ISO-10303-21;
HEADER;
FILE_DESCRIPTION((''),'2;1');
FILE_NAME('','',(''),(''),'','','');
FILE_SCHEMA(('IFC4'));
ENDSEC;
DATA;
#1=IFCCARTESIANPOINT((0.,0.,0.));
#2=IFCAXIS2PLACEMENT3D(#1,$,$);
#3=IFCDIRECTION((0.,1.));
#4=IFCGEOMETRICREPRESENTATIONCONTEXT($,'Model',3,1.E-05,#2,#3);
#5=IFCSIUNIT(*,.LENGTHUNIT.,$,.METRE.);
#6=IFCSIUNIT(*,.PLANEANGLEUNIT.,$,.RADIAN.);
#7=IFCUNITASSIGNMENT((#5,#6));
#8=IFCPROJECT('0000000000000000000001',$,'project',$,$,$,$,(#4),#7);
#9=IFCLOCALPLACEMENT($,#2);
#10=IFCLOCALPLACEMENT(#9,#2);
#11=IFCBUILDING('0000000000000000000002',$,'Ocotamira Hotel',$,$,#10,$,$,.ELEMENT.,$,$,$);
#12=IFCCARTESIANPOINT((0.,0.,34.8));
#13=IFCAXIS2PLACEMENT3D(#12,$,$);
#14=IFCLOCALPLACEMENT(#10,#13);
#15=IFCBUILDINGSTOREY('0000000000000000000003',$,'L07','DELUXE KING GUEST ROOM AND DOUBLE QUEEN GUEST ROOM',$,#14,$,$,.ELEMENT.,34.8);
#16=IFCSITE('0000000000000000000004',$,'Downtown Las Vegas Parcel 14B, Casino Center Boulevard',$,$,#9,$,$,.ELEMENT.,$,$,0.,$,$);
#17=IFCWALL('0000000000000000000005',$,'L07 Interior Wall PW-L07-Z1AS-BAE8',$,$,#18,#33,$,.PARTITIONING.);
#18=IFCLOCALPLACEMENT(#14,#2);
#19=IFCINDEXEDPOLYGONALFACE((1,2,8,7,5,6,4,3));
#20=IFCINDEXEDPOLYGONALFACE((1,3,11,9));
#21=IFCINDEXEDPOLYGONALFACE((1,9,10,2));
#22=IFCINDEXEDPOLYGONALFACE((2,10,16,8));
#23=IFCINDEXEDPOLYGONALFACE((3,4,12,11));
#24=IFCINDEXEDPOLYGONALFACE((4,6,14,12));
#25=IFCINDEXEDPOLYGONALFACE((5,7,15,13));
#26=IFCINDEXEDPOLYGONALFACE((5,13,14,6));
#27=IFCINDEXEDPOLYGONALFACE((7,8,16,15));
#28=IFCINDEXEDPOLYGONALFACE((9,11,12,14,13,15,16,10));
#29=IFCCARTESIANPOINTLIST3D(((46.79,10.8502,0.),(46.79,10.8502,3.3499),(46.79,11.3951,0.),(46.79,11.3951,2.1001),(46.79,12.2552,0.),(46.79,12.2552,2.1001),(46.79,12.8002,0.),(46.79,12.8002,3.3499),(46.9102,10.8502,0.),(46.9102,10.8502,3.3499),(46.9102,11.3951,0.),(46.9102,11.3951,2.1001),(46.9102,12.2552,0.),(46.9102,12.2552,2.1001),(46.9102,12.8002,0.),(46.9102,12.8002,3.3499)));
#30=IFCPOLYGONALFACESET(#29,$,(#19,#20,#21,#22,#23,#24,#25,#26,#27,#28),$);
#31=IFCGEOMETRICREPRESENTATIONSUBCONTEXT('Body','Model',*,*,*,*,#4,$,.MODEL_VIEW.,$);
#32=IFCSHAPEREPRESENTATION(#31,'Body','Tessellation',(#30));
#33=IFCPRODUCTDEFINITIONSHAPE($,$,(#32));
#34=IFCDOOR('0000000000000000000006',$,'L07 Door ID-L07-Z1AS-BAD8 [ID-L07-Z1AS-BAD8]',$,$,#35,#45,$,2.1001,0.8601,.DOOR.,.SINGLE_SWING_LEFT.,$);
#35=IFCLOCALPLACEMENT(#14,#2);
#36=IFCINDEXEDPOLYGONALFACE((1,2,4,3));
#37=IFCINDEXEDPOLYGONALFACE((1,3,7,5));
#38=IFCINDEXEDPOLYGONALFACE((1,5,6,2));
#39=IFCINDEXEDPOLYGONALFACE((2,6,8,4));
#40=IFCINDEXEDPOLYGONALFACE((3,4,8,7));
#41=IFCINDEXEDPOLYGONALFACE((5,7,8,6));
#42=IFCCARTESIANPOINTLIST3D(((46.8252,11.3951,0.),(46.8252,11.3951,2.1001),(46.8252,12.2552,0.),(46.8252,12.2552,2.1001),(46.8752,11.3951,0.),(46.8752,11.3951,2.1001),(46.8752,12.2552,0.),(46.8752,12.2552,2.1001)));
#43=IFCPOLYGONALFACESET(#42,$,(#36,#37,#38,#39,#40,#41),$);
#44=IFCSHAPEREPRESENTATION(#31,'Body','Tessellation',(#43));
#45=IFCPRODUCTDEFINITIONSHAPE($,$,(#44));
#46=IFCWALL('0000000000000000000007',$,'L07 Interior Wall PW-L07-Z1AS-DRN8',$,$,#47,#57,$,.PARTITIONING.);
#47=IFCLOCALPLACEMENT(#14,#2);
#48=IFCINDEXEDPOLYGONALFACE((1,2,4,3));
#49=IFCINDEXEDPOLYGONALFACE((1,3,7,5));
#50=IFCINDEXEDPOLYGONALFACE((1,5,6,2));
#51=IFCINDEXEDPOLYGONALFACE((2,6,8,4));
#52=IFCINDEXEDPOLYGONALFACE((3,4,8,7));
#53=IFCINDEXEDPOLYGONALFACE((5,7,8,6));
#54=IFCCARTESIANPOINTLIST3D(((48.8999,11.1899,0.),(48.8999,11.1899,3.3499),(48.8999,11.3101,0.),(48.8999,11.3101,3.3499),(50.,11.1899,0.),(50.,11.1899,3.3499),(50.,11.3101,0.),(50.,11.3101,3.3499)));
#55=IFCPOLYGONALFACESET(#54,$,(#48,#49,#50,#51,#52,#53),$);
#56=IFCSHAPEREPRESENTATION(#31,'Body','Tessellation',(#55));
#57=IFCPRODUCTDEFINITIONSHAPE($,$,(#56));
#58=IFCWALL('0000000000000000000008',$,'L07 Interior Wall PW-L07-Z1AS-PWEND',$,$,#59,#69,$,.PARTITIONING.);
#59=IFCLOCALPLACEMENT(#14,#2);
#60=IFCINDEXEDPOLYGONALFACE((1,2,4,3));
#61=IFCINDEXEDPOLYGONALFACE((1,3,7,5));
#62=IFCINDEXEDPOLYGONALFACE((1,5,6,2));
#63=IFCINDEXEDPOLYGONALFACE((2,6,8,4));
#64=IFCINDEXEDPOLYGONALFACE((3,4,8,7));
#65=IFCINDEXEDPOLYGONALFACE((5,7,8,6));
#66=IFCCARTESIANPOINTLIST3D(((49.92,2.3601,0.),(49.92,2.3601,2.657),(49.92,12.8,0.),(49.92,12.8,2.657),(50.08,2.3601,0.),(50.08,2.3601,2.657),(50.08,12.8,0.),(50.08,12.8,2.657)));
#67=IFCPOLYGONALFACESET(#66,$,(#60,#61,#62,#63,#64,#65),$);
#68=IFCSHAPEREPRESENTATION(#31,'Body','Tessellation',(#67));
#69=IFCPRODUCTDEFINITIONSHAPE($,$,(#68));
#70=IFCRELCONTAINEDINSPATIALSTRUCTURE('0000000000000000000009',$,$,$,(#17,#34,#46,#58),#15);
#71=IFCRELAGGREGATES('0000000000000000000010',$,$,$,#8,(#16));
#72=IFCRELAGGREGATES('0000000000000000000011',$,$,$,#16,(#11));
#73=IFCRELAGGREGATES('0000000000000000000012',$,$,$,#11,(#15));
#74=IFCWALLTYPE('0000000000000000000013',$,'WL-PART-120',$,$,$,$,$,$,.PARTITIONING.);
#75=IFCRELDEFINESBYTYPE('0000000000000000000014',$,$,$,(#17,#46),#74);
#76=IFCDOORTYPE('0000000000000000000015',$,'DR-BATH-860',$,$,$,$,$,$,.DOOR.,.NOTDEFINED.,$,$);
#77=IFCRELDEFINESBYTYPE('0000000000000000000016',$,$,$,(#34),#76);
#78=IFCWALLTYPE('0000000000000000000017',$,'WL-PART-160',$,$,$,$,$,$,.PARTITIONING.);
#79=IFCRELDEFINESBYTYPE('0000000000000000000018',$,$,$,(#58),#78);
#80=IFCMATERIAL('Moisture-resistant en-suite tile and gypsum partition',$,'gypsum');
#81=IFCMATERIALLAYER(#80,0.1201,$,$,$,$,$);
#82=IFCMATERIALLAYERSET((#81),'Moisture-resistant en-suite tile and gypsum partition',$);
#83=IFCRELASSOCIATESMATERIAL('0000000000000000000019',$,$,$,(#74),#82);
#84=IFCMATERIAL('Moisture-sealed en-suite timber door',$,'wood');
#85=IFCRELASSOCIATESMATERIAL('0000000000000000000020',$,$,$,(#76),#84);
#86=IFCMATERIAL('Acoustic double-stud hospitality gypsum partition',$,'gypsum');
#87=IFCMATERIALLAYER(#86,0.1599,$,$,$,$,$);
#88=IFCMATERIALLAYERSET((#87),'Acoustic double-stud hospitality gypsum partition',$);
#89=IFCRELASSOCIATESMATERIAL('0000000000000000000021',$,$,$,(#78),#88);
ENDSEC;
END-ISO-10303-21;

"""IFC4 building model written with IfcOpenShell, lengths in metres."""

from ifc_helpers import new_model, si_unit, direction, frame, frame_2d, origin, place, context, subcontext, project, spatial, rectangle, extrude, source, transform, mapped, material, layer, layer_set, type_object, element, fill, save


model = new_model("IFC4")

# Units and contexts
model_context = context("Model", 3, precision=1e-05, world=origin(), true_north=direction((0.0, 1.0)))
body_context = subcontext(model_context, "Body", "Model", "MODEL_VIEW")
ifc_project = project(units=[si_unit("LENGTHUNIT", "METRE"), si_unit("PLANEANGLEUNIT", "RADIAN")], contexts=[model_context])

# Site, building, storey
site_placement = place(None, origin())
site = spatial("IfcSite", under=ifc_project, at=site_placement, Name="Downtown Las Vegas Parcel 14B, Casino Center Boulevard", CompositionType="ELEMENT", RefElevation=0.0)
building_placement = place(site_placement, origin())
building = spatial("IfcBuilding", under=site, at=building_placement, Name="Ocotamira Hotel", CompositionType="ELEMENT")
storey_placement = place(building_placement, frame((0.0, 0.0, 34.8)))
storey = spatial("IfcBuildingStorey", under=building, at=storey_placement, Name="L07", Description="DELUXE KING GUEST ROOM AND DOUBLE QUEEN GUEST ROOM", CompositionType="ELEMENT", Elevation=34.8)

# Wall, opening, door
ifc_material_1 = material(Name="Moisture-resistant en-suite tile and gypsum partition", Category="gypsum")
ifc_layer_1 = layer(ifc_material_1, 0.1201)
ifc_layer_set_1 = layer_set([ifc_layer_1], Name="Moisture-resistant en-suite tile and gypsum partition")
wall_type_1 = type_object("IfcWallType", Name="WL-PART-120", PredefinedType="PARTITIONING", material=ifc_layer_set_1)
wall_1_placement = place(storey_placement, frame((46.8501, 10.8501, 0.0), z_axis=(0.0, 0.0, 1.0), x_axis=(0.0, 1.0, 0.0)))
wall_1 = element("IfcWall", 1, at=wall_1_placement, inside=storey, type_object=wall_type_1, Name="L07 Interior Wall PW-L07-Z1AS-BAE8", PredefinedType="PARTITIONING", context=body_context, shape_type="SweptSolid", body=[
    extrude(rectangle(XDim=1.95, YDim=0.1201, at=frame_2d((0.9751, 0.0))), origin(), (0.0, 0.0, 1.0), 3.3499),
])
opening_1_placement = place(wall_1_placement, frame((0.5449, 0.0, 0.0)))
opening_1 = element("IfcOpeningElement", 2, at=opening_1_placement, cuts=wall_1, PredefinedType="OPENING", context=body_context, shape_type="SweptSolid", body=[
    extrude(rectangle(XDim=0.8601, YDim=2.1001, at=frame_2d((0.4302, 1.05))), frame((0.0, 0.0701, 0.0), z_axis=(0.0, -1.0, 0.0), x_axis=(1.0, 0.0, 0.0)), (0.0, 0.0, 1.0), 0.1401),
])
ifc_material_2 = material(Name="Moisture-sealed en-suite timber door", Category="wood")
door_type_1 = type_object("IfcDoorType", Name="DR-BATH-860", OperationType="NOTDEFINED", PredefinedType="DOOR", material=ifc_material_2)
shared_shape_1 = source(origin(), body_context, "Body", "SweptSolid", [
    extrude(rectangle(XDim=0.8601, YDim=2.1001, at=frame_2d((0.4302, 1.05))), frame((0.0, 0.0249, 0.0), z_axis=(0.0, -1.0, 0.0), x_axis=(1.0, 0.0, 0.0)), (0.0, 0.0, 1.0), 0.05),
])
door_1_placement = place(opening_1_placement, origin())
door_1 = element("IfcDoor", 3, at=door_1_placement, inside=storey, type_object=door_type_1, Name="L07 Door ID-L07-Z1AS-BAD8 [ID-L07-Z1AS-BAD8]", OperationType="SINGLE_SWING_LEFT", OverallHeight=2.1001, OverallWidth=0.8601, PredefinedType="DOOR", context=body_context, shape_type="MappedRepresentation", body=[
    mapped(shared_shape_1, transform((0.0, 0.0, 0.0), scale=1.0)),
])
fill(opening_1, door_1)

# Walls
wall_2_placement = place(storey_placement, frame((48.8999, 11.25, 0.0), z_axis=(0.0, 0.0, 1.0), x_axis=(1.0, 0.0, 0.0)))
element("IfcWall", 4, at=wall_2_placement, inside=storey, type_object=wall_type_1, Name="L07 Interior Wall PW-L07-Z1AS-DRN8", PredefinedType="PARTITIONING", context=body_context, shape_type="SweptSolid", body=[
    extrude(rectangle(XDim=1.1001, YDim=0.1201, at=frame_2d((0.55, 0.0))), origin(), (0.0, 0.0, 1.0), 3.3499),
])
ifc_material_3 = material(Name="Acoustic double-stud hospitality gypsum partition", Category="gypsum")
ifc_layer_2 = layer(ifc_material_3, 0.1599)
ifc_layer_set_2 = layer_set([ifc_layer_2], Name="Acoustic double-stud hospitality gypsum partition")
wall_type_2 = type_object("IfcWallType", Name="WL-PART-160", PredefinedType="PARTITIONING", material=ifc_layer_set_2)
wall_3_placement = place(storey_placement, frame((50.0, 2.3601, 0.0), z_axis=(0.0, 0.0, 1.0), x_axis=(0.0, 1.0, 0.0)))
element("IfcWall", 5, at=wall_3_placement, inside=storey, type_object=wall_type_2, Name="L07 Interior Wall PW-L07-Z1AS-PWEND", PredefinedType="PARTITIONING", context=body_context, shape_type="SweptSolid", body=[
    extrude(rectangle(XDim=10.4399, YDim=0.1599, at=frame_2d((5.22, 0.0))), origin(), (0.0, 0.0, 1.0), 2.657),
])

save(model, "model.ifc")
